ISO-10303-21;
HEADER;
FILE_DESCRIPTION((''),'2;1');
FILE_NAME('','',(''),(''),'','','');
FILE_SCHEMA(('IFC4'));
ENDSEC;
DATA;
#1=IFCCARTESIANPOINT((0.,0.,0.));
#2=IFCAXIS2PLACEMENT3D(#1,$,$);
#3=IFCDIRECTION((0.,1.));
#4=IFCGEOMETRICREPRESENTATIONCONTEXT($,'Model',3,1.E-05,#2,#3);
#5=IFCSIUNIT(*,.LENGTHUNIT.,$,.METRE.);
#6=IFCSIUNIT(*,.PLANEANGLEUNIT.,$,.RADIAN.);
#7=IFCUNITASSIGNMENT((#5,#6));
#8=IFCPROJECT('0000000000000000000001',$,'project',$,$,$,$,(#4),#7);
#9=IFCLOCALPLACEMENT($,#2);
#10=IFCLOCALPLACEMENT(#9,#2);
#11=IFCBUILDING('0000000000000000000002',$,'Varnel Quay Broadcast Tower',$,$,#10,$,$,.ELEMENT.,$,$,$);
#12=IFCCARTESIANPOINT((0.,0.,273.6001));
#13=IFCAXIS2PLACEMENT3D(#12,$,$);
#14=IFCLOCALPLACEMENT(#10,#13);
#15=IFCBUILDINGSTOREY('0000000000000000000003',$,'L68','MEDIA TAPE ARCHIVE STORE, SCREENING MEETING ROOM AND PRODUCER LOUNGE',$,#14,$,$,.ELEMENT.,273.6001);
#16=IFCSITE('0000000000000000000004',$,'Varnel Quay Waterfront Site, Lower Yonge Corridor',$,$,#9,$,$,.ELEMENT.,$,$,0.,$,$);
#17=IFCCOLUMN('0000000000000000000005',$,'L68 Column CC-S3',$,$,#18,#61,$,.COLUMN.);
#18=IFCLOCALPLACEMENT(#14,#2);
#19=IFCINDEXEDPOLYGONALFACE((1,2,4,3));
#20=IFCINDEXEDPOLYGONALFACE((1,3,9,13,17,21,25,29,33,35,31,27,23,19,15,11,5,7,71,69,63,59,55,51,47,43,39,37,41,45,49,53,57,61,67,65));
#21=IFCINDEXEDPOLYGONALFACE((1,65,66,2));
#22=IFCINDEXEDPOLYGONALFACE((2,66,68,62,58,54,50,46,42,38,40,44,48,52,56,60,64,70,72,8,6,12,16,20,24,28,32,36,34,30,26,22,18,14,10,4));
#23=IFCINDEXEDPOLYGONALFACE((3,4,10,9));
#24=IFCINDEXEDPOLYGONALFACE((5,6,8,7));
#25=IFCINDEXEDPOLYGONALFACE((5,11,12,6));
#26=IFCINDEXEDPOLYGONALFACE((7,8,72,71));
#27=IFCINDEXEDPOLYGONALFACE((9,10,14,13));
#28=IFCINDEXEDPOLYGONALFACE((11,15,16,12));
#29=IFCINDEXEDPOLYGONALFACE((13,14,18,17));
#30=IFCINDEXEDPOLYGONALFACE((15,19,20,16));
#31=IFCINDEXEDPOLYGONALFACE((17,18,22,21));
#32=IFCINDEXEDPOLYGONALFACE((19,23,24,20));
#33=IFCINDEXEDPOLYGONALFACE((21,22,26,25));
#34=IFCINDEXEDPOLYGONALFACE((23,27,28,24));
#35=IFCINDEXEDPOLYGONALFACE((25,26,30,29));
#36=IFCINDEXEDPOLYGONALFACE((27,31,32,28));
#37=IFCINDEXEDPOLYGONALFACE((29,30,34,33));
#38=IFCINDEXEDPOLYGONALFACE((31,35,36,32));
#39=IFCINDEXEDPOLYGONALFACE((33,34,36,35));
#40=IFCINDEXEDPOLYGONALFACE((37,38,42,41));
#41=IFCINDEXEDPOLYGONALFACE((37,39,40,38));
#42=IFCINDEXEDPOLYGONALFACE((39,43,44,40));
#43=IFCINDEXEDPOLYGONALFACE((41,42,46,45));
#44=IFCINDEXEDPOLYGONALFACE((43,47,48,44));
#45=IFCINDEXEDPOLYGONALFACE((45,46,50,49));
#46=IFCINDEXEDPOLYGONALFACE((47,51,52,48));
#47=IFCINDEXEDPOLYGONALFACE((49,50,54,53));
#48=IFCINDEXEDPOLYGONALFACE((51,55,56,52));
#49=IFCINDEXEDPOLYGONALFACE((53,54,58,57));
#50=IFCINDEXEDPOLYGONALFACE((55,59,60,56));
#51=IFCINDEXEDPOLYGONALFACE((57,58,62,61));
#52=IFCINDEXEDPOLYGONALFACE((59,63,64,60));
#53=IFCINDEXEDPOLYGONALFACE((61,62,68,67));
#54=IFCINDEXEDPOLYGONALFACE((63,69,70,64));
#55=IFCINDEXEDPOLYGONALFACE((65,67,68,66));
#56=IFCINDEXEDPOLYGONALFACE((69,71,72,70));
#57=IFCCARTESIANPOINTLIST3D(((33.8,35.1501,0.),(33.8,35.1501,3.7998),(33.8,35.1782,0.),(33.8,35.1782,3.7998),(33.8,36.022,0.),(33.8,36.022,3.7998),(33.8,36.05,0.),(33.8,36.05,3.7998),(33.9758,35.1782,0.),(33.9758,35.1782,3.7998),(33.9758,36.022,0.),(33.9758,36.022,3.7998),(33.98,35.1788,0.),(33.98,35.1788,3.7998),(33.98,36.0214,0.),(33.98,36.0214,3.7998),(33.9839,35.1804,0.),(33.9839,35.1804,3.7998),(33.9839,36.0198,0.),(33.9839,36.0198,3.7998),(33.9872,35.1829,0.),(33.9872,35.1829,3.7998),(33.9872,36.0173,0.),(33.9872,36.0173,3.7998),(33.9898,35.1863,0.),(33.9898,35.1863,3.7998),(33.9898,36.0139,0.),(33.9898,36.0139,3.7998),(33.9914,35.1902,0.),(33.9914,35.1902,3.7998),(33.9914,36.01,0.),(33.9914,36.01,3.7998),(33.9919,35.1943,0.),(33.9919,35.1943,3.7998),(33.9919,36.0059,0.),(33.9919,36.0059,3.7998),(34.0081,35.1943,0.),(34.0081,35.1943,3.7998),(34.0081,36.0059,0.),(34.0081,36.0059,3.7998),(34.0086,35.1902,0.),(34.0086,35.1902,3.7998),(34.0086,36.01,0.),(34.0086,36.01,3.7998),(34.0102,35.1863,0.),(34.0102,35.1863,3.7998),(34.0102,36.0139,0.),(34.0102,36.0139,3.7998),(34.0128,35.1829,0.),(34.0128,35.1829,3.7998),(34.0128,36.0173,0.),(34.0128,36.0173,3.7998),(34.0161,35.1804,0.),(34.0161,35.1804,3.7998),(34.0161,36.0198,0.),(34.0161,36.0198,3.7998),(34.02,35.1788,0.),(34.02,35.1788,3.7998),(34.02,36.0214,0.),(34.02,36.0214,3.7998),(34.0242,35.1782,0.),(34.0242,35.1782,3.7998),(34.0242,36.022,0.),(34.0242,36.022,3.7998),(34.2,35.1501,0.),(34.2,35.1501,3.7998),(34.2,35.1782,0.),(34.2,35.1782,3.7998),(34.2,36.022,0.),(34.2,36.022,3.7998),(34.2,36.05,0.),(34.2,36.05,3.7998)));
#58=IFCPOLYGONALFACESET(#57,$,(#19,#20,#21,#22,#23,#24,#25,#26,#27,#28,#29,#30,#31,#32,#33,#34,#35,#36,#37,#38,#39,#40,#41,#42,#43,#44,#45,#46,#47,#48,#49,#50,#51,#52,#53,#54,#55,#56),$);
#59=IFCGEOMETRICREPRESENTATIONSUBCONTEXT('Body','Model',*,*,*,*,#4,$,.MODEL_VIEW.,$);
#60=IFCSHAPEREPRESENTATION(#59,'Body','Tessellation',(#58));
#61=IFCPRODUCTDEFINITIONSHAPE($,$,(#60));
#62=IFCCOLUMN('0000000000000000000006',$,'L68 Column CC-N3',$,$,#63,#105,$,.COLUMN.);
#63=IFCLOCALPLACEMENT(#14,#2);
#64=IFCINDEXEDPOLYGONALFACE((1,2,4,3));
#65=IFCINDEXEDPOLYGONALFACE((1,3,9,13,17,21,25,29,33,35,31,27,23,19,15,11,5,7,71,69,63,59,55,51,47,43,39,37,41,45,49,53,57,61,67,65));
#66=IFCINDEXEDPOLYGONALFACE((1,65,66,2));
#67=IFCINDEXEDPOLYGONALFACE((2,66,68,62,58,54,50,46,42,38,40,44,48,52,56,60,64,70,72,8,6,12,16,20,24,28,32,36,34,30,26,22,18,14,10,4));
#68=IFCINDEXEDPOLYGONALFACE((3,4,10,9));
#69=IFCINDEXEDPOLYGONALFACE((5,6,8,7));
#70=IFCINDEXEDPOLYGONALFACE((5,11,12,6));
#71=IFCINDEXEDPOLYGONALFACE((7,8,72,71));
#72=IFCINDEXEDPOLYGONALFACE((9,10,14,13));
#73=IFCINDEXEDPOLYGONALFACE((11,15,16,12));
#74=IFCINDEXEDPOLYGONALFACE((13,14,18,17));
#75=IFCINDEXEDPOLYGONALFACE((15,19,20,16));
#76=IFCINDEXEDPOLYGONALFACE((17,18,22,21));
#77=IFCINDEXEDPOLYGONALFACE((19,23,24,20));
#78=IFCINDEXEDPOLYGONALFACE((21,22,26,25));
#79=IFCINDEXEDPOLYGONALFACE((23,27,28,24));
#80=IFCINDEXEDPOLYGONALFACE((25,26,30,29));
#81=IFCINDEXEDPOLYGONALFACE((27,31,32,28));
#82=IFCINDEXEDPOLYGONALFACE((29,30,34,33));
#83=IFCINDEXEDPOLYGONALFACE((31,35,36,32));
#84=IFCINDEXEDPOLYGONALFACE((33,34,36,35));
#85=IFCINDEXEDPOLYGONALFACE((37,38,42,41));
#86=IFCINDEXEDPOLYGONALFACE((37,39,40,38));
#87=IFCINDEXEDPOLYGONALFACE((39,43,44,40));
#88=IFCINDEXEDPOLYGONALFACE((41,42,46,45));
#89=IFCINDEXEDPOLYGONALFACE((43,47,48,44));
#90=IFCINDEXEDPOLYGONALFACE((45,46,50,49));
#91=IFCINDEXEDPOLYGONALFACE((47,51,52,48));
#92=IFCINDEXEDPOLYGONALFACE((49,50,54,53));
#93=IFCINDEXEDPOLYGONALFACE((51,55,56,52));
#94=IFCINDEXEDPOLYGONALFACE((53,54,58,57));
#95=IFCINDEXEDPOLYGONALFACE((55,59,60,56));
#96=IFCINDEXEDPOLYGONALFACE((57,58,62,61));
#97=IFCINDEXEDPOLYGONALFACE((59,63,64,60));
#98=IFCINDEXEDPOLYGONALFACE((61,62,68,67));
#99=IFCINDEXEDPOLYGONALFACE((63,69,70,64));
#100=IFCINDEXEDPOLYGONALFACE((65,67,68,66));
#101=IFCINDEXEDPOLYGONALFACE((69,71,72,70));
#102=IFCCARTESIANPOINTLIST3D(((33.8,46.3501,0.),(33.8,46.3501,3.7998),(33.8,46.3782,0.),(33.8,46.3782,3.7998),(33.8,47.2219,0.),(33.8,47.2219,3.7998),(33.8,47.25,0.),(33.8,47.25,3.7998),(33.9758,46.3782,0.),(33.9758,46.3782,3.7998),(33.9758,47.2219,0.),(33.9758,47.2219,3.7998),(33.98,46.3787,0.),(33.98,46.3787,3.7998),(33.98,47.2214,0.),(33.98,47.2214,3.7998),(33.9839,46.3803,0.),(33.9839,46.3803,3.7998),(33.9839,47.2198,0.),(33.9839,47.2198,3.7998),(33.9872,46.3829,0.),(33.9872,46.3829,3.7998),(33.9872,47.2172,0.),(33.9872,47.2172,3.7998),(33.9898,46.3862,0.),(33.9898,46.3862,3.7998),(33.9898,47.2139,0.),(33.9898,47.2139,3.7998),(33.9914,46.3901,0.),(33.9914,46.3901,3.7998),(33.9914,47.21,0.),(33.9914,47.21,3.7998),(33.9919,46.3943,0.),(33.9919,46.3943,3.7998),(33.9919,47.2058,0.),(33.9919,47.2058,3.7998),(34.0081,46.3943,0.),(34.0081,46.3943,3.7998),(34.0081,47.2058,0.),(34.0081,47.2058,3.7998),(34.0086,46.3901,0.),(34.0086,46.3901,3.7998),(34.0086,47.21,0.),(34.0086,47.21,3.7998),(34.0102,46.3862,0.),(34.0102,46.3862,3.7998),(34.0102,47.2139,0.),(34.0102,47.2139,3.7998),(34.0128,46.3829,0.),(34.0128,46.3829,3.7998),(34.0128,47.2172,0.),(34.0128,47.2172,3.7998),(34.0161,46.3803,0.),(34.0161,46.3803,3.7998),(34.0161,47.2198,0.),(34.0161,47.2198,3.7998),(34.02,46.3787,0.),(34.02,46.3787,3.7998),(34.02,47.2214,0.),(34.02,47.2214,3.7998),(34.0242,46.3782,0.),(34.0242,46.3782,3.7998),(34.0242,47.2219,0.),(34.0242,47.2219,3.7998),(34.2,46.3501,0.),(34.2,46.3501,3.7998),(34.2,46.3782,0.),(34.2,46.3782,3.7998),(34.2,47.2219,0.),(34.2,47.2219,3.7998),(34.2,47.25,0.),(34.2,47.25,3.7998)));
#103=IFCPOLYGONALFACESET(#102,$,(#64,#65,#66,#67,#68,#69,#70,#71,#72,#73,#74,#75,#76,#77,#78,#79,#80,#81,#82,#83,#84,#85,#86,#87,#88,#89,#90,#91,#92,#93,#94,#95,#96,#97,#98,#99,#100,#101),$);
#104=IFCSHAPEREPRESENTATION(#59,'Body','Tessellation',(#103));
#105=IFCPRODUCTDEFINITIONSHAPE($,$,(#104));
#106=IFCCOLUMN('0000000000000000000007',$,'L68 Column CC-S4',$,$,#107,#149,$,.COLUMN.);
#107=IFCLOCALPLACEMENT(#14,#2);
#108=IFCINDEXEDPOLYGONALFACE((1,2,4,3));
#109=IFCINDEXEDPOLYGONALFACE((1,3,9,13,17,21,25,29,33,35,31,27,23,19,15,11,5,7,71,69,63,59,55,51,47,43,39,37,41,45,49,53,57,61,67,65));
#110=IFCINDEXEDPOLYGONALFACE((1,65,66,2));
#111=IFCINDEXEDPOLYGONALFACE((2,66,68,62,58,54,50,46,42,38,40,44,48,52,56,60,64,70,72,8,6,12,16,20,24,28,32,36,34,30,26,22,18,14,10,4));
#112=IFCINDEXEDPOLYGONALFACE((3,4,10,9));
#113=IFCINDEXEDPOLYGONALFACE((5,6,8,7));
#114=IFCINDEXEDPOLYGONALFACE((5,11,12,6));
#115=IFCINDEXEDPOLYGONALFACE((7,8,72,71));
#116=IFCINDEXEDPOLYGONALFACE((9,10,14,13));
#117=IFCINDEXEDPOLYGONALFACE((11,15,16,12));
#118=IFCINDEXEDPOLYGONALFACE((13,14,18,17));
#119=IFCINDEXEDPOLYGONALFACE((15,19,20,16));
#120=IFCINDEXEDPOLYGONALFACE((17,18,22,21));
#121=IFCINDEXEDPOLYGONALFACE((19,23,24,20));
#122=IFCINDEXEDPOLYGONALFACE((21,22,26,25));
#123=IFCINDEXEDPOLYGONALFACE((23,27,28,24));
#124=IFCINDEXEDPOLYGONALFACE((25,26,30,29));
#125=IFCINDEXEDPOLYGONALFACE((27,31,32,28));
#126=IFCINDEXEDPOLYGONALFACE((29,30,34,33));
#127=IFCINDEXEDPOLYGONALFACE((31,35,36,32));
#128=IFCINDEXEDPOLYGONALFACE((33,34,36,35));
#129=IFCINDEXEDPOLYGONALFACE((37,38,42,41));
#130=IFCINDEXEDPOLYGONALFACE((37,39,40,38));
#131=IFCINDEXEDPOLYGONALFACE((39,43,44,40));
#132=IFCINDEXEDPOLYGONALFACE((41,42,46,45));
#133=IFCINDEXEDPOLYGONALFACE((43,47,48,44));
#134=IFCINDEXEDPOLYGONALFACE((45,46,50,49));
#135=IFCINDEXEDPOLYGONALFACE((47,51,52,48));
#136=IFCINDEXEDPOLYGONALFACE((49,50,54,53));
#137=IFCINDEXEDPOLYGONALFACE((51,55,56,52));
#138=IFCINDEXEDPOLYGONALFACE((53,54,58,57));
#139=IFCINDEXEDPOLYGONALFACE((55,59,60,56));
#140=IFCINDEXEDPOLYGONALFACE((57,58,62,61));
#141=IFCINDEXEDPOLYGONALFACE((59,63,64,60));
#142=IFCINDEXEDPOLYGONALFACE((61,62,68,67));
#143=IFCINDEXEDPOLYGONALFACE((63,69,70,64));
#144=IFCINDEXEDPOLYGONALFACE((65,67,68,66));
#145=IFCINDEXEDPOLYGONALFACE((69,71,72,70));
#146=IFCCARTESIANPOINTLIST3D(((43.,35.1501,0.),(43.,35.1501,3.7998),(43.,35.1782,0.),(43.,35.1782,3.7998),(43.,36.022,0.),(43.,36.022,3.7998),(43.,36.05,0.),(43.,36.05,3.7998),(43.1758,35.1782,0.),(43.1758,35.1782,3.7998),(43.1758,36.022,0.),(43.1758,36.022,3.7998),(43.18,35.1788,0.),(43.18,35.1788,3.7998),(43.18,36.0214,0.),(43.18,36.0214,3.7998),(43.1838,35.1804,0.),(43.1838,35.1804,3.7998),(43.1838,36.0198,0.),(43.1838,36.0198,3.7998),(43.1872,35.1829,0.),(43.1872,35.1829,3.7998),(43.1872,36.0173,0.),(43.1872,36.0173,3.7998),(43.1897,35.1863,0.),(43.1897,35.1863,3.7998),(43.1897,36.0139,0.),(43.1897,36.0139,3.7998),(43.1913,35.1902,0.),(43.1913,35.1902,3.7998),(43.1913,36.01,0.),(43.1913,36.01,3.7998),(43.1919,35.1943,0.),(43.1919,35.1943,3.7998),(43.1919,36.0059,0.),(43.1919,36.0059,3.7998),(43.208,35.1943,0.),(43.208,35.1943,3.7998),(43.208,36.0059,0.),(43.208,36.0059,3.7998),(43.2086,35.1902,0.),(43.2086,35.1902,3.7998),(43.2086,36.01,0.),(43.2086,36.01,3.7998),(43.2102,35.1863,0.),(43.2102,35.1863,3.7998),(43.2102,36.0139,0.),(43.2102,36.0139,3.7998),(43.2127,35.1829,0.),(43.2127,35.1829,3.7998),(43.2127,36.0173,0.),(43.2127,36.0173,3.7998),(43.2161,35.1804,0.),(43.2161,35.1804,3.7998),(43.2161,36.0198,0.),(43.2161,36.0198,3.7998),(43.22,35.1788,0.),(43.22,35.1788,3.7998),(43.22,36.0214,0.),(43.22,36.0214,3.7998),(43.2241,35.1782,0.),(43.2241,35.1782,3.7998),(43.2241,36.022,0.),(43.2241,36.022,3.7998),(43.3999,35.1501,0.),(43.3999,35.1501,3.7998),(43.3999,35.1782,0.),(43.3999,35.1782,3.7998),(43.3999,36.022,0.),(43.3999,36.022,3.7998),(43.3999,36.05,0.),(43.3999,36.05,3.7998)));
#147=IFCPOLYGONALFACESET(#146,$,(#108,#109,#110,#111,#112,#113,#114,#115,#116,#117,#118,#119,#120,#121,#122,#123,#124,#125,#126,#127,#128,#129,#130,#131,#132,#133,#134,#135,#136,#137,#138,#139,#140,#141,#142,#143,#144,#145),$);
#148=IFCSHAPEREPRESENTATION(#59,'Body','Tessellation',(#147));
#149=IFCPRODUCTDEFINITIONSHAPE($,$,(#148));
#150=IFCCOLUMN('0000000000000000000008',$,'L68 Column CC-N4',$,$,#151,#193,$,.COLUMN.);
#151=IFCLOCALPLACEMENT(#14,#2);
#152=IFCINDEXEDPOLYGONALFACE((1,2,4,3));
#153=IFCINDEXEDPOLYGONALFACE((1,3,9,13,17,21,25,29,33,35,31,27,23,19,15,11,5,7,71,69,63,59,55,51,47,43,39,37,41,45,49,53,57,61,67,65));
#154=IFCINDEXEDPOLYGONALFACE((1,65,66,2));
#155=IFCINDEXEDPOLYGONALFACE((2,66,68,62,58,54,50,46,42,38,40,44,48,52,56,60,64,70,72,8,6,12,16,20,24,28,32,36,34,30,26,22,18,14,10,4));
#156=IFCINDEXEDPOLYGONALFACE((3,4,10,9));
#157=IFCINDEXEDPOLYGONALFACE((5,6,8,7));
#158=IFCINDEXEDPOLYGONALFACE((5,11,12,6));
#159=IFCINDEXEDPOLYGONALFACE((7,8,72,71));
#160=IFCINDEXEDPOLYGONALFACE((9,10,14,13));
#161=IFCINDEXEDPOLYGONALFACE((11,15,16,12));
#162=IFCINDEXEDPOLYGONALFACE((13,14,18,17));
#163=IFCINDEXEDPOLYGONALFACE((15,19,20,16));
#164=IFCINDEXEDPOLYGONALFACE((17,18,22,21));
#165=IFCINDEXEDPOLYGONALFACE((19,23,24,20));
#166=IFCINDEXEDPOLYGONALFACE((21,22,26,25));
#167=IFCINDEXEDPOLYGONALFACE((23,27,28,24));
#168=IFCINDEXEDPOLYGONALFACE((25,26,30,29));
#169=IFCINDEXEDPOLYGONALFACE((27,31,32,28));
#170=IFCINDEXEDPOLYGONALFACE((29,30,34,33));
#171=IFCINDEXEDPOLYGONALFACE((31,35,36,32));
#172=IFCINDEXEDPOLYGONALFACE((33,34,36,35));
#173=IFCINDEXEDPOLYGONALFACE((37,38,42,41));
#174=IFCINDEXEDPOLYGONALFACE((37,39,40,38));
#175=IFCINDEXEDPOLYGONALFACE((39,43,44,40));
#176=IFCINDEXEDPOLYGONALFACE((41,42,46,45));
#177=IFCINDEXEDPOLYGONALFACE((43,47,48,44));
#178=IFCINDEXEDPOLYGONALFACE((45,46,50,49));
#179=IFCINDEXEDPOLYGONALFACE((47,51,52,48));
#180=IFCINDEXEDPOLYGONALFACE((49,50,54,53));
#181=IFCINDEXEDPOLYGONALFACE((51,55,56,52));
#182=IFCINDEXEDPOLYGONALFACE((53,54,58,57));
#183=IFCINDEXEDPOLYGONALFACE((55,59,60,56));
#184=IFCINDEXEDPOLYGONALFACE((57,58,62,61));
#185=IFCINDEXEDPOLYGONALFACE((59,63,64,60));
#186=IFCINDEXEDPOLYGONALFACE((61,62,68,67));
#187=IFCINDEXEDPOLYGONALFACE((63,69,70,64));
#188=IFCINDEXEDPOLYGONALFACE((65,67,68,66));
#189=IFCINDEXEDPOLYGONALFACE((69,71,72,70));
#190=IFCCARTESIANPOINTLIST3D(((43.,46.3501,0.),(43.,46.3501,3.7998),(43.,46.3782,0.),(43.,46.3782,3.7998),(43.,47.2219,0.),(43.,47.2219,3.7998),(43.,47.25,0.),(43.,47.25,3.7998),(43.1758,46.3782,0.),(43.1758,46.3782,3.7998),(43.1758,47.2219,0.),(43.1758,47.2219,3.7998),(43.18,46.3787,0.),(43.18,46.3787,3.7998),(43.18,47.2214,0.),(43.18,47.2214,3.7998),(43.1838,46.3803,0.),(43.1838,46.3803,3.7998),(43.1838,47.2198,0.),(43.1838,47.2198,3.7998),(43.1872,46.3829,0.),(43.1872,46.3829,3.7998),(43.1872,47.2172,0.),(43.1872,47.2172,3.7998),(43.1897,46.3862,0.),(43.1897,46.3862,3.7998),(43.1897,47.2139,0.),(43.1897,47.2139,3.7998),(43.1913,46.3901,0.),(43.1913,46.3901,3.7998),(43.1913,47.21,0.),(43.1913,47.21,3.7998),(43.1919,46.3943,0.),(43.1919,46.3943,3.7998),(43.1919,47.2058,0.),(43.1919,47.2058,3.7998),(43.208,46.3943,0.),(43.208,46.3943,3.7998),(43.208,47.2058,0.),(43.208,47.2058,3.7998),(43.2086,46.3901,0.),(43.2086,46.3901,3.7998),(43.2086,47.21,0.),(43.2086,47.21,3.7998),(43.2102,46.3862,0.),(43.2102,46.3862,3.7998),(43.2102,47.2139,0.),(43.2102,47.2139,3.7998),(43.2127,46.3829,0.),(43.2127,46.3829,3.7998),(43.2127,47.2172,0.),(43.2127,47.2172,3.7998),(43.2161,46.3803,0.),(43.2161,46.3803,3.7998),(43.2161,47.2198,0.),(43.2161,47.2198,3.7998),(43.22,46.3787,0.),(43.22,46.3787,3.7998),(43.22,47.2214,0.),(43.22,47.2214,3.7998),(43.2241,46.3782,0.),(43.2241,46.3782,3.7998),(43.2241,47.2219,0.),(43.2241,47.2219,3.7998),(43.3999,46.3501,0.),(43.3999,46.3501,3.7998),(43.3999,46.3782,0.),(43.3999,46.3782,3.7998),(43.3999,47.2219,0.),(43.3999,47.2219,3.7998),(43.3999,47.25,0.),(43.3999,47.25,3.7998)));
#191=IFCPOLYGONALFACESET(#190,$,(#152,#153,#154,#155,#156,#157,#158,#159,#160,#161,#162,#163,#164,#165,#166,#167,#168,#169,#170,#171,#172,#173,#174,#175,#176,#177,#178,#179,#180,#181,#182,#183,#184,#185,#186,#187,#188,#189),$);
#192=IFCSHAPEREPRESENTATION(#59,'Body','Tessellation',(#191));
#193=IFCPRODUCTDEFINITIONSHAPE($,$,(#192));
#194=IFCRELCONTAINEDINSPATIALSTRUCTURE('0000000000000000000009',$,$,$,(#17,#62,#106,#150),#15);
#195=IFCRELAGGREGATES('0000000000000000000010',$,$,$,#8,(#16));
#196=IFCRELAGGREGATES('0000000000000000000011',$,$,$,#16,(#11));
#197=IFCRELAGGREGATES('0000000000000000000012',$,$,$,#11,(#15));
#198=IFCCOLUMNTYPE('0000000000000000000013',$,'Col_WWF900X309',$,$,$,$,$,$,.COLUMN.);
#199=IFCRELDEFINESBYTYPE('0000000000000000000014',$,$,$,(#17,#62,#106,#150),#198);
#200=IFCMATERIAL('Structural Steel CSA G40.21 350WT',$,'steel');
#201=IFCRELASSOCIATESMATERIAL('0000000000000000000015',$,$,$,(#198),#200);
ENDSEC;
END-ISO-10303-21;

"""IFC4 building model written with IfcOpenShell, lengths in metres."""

from ifc_helpers import new_model, si_unit, direction, frame, origin, origin_2d, place, context, subcontext, project, spatial, i_section, extrude, source, transform, mapped, material, material_profile, profile_set, type_object, type_shapes, element, save


model = new_model("IFC4")

# Units and contexts
model_context = context("Model", 3, precision=1e-05, world=origin(), true_north=direction((0.0, 1.0)))
body_context = subcontext(model_context, "Body", "Model", "MODEL_VIEW")
ifc_project = project(units=[si_unit("LENGTHUNIT", "METRE"), si_unit("PLANEANGLEUNIT", "RADIAN")], contexts=[model_context])

# Site, building, storey
site_placement = place(None, origin())
site = spatial("IfcSite", under=ifc_project, at=site_placement, Name="Varnel Quay Waterfront Site, Lower Yonge Corridor", CompositionType="ELEMENT", RefElevation=0.0)
building_placement = place(site_placement, origin())
building = spatial("IfcBuilding", under=site, at=building_placement, Name="Varnel Quay Broadcast Tower", CompositionType="ELEMENT")
storey_placement = place(building_placement, frame((0.0, 0.0, 273.6001)))
storey = spatial("IfcBuildingStorey", under=building, at=storey_placement, Name="L68", Description="MEDIA TAPE ARCHIVE STORE, SCREENING MEETING ROOM AND PRODUCER LOUNGE", CompositionType="ELEMENT", Elevation=273.6001)

# Columns
ifc_material_1 = material(Name="Structural Steel CSA G40.21 350WT", Category="steel")
ifc_material_profile_1 = material_profile(ifc_material_1, i_section(OverallWidth=0.3999, OverallDepth=0.8999, WebThickness=0.0161, FlangeThickness=0.0281, FilletRadius=0.0161, at=origin_2d()), Name="WWF900X309")
ifc_profile_set_1 = profile_set([ifc_material_profile_1], Name="Structural Steel CSA G40.21 350WT")
column_type_1 = type_object("IfcColumnType", Name="Col_WWF900X309", PredefinedType="COLUMN", material=ifc_profile_set_1)
shared_shape_1 = source(origin(), body_context, "Body", "SweptSolid", [
    extrude(i_section(OverallWidth=0.3999, OverallDepth=0.8999, WebThickness=0.0161, FlangeThickness=0.0281, FilletRadius=0.0161, at=origin_2d()), origin(), (0.0, 0.0, 1.0), 3.7998),
])
type_shapes(column_type_1, [shared_shape_1])
for number, where, z_axis, x_axis, name in (
    (1, (34.0, 35.6001, 0.0), (0.0, 0.0, 1.0), (1.0, 0.0, 0.0), "L68 Column CC-S3"),
    (2, (34.0, 46.8, 0.0), (0.0, 0.0, 1.0), (1.0, 0.0, 0.0), "L68 Column CC-N3"),
    (3, (43.2, 35.6001, 0.0), (0.0, 0.0, 1.0), (1.0, 0.0, 0.0), "L68 Column CC-S4"),
    (4, (43.2, 46.8, 0.0), (0.0, 0.0, 1.0), (1.0, 0.0, 0.0), "L68 Column CC-N4"),
):
    element("IfcColumn", number, at=place(storey_placement, frame(where, z_axis=z_axis, x_axis=x_axis)), inside=storey, type_object=column_type_1, Name=name, PredefinedType="COLUMN", context=body_context, shape_type="MappedRepresentation", body=[
        mapped(shared_shape_1, transform((0.0, 0.0, 0.0), x_axis=(1.0, 0.0, 0.0), y_axis=(0.0, 1.0, 0.0), z_axis=(0.0, 0.0, 1.0), scale=1.0)),
    ])

save(model, "model.ifc")
